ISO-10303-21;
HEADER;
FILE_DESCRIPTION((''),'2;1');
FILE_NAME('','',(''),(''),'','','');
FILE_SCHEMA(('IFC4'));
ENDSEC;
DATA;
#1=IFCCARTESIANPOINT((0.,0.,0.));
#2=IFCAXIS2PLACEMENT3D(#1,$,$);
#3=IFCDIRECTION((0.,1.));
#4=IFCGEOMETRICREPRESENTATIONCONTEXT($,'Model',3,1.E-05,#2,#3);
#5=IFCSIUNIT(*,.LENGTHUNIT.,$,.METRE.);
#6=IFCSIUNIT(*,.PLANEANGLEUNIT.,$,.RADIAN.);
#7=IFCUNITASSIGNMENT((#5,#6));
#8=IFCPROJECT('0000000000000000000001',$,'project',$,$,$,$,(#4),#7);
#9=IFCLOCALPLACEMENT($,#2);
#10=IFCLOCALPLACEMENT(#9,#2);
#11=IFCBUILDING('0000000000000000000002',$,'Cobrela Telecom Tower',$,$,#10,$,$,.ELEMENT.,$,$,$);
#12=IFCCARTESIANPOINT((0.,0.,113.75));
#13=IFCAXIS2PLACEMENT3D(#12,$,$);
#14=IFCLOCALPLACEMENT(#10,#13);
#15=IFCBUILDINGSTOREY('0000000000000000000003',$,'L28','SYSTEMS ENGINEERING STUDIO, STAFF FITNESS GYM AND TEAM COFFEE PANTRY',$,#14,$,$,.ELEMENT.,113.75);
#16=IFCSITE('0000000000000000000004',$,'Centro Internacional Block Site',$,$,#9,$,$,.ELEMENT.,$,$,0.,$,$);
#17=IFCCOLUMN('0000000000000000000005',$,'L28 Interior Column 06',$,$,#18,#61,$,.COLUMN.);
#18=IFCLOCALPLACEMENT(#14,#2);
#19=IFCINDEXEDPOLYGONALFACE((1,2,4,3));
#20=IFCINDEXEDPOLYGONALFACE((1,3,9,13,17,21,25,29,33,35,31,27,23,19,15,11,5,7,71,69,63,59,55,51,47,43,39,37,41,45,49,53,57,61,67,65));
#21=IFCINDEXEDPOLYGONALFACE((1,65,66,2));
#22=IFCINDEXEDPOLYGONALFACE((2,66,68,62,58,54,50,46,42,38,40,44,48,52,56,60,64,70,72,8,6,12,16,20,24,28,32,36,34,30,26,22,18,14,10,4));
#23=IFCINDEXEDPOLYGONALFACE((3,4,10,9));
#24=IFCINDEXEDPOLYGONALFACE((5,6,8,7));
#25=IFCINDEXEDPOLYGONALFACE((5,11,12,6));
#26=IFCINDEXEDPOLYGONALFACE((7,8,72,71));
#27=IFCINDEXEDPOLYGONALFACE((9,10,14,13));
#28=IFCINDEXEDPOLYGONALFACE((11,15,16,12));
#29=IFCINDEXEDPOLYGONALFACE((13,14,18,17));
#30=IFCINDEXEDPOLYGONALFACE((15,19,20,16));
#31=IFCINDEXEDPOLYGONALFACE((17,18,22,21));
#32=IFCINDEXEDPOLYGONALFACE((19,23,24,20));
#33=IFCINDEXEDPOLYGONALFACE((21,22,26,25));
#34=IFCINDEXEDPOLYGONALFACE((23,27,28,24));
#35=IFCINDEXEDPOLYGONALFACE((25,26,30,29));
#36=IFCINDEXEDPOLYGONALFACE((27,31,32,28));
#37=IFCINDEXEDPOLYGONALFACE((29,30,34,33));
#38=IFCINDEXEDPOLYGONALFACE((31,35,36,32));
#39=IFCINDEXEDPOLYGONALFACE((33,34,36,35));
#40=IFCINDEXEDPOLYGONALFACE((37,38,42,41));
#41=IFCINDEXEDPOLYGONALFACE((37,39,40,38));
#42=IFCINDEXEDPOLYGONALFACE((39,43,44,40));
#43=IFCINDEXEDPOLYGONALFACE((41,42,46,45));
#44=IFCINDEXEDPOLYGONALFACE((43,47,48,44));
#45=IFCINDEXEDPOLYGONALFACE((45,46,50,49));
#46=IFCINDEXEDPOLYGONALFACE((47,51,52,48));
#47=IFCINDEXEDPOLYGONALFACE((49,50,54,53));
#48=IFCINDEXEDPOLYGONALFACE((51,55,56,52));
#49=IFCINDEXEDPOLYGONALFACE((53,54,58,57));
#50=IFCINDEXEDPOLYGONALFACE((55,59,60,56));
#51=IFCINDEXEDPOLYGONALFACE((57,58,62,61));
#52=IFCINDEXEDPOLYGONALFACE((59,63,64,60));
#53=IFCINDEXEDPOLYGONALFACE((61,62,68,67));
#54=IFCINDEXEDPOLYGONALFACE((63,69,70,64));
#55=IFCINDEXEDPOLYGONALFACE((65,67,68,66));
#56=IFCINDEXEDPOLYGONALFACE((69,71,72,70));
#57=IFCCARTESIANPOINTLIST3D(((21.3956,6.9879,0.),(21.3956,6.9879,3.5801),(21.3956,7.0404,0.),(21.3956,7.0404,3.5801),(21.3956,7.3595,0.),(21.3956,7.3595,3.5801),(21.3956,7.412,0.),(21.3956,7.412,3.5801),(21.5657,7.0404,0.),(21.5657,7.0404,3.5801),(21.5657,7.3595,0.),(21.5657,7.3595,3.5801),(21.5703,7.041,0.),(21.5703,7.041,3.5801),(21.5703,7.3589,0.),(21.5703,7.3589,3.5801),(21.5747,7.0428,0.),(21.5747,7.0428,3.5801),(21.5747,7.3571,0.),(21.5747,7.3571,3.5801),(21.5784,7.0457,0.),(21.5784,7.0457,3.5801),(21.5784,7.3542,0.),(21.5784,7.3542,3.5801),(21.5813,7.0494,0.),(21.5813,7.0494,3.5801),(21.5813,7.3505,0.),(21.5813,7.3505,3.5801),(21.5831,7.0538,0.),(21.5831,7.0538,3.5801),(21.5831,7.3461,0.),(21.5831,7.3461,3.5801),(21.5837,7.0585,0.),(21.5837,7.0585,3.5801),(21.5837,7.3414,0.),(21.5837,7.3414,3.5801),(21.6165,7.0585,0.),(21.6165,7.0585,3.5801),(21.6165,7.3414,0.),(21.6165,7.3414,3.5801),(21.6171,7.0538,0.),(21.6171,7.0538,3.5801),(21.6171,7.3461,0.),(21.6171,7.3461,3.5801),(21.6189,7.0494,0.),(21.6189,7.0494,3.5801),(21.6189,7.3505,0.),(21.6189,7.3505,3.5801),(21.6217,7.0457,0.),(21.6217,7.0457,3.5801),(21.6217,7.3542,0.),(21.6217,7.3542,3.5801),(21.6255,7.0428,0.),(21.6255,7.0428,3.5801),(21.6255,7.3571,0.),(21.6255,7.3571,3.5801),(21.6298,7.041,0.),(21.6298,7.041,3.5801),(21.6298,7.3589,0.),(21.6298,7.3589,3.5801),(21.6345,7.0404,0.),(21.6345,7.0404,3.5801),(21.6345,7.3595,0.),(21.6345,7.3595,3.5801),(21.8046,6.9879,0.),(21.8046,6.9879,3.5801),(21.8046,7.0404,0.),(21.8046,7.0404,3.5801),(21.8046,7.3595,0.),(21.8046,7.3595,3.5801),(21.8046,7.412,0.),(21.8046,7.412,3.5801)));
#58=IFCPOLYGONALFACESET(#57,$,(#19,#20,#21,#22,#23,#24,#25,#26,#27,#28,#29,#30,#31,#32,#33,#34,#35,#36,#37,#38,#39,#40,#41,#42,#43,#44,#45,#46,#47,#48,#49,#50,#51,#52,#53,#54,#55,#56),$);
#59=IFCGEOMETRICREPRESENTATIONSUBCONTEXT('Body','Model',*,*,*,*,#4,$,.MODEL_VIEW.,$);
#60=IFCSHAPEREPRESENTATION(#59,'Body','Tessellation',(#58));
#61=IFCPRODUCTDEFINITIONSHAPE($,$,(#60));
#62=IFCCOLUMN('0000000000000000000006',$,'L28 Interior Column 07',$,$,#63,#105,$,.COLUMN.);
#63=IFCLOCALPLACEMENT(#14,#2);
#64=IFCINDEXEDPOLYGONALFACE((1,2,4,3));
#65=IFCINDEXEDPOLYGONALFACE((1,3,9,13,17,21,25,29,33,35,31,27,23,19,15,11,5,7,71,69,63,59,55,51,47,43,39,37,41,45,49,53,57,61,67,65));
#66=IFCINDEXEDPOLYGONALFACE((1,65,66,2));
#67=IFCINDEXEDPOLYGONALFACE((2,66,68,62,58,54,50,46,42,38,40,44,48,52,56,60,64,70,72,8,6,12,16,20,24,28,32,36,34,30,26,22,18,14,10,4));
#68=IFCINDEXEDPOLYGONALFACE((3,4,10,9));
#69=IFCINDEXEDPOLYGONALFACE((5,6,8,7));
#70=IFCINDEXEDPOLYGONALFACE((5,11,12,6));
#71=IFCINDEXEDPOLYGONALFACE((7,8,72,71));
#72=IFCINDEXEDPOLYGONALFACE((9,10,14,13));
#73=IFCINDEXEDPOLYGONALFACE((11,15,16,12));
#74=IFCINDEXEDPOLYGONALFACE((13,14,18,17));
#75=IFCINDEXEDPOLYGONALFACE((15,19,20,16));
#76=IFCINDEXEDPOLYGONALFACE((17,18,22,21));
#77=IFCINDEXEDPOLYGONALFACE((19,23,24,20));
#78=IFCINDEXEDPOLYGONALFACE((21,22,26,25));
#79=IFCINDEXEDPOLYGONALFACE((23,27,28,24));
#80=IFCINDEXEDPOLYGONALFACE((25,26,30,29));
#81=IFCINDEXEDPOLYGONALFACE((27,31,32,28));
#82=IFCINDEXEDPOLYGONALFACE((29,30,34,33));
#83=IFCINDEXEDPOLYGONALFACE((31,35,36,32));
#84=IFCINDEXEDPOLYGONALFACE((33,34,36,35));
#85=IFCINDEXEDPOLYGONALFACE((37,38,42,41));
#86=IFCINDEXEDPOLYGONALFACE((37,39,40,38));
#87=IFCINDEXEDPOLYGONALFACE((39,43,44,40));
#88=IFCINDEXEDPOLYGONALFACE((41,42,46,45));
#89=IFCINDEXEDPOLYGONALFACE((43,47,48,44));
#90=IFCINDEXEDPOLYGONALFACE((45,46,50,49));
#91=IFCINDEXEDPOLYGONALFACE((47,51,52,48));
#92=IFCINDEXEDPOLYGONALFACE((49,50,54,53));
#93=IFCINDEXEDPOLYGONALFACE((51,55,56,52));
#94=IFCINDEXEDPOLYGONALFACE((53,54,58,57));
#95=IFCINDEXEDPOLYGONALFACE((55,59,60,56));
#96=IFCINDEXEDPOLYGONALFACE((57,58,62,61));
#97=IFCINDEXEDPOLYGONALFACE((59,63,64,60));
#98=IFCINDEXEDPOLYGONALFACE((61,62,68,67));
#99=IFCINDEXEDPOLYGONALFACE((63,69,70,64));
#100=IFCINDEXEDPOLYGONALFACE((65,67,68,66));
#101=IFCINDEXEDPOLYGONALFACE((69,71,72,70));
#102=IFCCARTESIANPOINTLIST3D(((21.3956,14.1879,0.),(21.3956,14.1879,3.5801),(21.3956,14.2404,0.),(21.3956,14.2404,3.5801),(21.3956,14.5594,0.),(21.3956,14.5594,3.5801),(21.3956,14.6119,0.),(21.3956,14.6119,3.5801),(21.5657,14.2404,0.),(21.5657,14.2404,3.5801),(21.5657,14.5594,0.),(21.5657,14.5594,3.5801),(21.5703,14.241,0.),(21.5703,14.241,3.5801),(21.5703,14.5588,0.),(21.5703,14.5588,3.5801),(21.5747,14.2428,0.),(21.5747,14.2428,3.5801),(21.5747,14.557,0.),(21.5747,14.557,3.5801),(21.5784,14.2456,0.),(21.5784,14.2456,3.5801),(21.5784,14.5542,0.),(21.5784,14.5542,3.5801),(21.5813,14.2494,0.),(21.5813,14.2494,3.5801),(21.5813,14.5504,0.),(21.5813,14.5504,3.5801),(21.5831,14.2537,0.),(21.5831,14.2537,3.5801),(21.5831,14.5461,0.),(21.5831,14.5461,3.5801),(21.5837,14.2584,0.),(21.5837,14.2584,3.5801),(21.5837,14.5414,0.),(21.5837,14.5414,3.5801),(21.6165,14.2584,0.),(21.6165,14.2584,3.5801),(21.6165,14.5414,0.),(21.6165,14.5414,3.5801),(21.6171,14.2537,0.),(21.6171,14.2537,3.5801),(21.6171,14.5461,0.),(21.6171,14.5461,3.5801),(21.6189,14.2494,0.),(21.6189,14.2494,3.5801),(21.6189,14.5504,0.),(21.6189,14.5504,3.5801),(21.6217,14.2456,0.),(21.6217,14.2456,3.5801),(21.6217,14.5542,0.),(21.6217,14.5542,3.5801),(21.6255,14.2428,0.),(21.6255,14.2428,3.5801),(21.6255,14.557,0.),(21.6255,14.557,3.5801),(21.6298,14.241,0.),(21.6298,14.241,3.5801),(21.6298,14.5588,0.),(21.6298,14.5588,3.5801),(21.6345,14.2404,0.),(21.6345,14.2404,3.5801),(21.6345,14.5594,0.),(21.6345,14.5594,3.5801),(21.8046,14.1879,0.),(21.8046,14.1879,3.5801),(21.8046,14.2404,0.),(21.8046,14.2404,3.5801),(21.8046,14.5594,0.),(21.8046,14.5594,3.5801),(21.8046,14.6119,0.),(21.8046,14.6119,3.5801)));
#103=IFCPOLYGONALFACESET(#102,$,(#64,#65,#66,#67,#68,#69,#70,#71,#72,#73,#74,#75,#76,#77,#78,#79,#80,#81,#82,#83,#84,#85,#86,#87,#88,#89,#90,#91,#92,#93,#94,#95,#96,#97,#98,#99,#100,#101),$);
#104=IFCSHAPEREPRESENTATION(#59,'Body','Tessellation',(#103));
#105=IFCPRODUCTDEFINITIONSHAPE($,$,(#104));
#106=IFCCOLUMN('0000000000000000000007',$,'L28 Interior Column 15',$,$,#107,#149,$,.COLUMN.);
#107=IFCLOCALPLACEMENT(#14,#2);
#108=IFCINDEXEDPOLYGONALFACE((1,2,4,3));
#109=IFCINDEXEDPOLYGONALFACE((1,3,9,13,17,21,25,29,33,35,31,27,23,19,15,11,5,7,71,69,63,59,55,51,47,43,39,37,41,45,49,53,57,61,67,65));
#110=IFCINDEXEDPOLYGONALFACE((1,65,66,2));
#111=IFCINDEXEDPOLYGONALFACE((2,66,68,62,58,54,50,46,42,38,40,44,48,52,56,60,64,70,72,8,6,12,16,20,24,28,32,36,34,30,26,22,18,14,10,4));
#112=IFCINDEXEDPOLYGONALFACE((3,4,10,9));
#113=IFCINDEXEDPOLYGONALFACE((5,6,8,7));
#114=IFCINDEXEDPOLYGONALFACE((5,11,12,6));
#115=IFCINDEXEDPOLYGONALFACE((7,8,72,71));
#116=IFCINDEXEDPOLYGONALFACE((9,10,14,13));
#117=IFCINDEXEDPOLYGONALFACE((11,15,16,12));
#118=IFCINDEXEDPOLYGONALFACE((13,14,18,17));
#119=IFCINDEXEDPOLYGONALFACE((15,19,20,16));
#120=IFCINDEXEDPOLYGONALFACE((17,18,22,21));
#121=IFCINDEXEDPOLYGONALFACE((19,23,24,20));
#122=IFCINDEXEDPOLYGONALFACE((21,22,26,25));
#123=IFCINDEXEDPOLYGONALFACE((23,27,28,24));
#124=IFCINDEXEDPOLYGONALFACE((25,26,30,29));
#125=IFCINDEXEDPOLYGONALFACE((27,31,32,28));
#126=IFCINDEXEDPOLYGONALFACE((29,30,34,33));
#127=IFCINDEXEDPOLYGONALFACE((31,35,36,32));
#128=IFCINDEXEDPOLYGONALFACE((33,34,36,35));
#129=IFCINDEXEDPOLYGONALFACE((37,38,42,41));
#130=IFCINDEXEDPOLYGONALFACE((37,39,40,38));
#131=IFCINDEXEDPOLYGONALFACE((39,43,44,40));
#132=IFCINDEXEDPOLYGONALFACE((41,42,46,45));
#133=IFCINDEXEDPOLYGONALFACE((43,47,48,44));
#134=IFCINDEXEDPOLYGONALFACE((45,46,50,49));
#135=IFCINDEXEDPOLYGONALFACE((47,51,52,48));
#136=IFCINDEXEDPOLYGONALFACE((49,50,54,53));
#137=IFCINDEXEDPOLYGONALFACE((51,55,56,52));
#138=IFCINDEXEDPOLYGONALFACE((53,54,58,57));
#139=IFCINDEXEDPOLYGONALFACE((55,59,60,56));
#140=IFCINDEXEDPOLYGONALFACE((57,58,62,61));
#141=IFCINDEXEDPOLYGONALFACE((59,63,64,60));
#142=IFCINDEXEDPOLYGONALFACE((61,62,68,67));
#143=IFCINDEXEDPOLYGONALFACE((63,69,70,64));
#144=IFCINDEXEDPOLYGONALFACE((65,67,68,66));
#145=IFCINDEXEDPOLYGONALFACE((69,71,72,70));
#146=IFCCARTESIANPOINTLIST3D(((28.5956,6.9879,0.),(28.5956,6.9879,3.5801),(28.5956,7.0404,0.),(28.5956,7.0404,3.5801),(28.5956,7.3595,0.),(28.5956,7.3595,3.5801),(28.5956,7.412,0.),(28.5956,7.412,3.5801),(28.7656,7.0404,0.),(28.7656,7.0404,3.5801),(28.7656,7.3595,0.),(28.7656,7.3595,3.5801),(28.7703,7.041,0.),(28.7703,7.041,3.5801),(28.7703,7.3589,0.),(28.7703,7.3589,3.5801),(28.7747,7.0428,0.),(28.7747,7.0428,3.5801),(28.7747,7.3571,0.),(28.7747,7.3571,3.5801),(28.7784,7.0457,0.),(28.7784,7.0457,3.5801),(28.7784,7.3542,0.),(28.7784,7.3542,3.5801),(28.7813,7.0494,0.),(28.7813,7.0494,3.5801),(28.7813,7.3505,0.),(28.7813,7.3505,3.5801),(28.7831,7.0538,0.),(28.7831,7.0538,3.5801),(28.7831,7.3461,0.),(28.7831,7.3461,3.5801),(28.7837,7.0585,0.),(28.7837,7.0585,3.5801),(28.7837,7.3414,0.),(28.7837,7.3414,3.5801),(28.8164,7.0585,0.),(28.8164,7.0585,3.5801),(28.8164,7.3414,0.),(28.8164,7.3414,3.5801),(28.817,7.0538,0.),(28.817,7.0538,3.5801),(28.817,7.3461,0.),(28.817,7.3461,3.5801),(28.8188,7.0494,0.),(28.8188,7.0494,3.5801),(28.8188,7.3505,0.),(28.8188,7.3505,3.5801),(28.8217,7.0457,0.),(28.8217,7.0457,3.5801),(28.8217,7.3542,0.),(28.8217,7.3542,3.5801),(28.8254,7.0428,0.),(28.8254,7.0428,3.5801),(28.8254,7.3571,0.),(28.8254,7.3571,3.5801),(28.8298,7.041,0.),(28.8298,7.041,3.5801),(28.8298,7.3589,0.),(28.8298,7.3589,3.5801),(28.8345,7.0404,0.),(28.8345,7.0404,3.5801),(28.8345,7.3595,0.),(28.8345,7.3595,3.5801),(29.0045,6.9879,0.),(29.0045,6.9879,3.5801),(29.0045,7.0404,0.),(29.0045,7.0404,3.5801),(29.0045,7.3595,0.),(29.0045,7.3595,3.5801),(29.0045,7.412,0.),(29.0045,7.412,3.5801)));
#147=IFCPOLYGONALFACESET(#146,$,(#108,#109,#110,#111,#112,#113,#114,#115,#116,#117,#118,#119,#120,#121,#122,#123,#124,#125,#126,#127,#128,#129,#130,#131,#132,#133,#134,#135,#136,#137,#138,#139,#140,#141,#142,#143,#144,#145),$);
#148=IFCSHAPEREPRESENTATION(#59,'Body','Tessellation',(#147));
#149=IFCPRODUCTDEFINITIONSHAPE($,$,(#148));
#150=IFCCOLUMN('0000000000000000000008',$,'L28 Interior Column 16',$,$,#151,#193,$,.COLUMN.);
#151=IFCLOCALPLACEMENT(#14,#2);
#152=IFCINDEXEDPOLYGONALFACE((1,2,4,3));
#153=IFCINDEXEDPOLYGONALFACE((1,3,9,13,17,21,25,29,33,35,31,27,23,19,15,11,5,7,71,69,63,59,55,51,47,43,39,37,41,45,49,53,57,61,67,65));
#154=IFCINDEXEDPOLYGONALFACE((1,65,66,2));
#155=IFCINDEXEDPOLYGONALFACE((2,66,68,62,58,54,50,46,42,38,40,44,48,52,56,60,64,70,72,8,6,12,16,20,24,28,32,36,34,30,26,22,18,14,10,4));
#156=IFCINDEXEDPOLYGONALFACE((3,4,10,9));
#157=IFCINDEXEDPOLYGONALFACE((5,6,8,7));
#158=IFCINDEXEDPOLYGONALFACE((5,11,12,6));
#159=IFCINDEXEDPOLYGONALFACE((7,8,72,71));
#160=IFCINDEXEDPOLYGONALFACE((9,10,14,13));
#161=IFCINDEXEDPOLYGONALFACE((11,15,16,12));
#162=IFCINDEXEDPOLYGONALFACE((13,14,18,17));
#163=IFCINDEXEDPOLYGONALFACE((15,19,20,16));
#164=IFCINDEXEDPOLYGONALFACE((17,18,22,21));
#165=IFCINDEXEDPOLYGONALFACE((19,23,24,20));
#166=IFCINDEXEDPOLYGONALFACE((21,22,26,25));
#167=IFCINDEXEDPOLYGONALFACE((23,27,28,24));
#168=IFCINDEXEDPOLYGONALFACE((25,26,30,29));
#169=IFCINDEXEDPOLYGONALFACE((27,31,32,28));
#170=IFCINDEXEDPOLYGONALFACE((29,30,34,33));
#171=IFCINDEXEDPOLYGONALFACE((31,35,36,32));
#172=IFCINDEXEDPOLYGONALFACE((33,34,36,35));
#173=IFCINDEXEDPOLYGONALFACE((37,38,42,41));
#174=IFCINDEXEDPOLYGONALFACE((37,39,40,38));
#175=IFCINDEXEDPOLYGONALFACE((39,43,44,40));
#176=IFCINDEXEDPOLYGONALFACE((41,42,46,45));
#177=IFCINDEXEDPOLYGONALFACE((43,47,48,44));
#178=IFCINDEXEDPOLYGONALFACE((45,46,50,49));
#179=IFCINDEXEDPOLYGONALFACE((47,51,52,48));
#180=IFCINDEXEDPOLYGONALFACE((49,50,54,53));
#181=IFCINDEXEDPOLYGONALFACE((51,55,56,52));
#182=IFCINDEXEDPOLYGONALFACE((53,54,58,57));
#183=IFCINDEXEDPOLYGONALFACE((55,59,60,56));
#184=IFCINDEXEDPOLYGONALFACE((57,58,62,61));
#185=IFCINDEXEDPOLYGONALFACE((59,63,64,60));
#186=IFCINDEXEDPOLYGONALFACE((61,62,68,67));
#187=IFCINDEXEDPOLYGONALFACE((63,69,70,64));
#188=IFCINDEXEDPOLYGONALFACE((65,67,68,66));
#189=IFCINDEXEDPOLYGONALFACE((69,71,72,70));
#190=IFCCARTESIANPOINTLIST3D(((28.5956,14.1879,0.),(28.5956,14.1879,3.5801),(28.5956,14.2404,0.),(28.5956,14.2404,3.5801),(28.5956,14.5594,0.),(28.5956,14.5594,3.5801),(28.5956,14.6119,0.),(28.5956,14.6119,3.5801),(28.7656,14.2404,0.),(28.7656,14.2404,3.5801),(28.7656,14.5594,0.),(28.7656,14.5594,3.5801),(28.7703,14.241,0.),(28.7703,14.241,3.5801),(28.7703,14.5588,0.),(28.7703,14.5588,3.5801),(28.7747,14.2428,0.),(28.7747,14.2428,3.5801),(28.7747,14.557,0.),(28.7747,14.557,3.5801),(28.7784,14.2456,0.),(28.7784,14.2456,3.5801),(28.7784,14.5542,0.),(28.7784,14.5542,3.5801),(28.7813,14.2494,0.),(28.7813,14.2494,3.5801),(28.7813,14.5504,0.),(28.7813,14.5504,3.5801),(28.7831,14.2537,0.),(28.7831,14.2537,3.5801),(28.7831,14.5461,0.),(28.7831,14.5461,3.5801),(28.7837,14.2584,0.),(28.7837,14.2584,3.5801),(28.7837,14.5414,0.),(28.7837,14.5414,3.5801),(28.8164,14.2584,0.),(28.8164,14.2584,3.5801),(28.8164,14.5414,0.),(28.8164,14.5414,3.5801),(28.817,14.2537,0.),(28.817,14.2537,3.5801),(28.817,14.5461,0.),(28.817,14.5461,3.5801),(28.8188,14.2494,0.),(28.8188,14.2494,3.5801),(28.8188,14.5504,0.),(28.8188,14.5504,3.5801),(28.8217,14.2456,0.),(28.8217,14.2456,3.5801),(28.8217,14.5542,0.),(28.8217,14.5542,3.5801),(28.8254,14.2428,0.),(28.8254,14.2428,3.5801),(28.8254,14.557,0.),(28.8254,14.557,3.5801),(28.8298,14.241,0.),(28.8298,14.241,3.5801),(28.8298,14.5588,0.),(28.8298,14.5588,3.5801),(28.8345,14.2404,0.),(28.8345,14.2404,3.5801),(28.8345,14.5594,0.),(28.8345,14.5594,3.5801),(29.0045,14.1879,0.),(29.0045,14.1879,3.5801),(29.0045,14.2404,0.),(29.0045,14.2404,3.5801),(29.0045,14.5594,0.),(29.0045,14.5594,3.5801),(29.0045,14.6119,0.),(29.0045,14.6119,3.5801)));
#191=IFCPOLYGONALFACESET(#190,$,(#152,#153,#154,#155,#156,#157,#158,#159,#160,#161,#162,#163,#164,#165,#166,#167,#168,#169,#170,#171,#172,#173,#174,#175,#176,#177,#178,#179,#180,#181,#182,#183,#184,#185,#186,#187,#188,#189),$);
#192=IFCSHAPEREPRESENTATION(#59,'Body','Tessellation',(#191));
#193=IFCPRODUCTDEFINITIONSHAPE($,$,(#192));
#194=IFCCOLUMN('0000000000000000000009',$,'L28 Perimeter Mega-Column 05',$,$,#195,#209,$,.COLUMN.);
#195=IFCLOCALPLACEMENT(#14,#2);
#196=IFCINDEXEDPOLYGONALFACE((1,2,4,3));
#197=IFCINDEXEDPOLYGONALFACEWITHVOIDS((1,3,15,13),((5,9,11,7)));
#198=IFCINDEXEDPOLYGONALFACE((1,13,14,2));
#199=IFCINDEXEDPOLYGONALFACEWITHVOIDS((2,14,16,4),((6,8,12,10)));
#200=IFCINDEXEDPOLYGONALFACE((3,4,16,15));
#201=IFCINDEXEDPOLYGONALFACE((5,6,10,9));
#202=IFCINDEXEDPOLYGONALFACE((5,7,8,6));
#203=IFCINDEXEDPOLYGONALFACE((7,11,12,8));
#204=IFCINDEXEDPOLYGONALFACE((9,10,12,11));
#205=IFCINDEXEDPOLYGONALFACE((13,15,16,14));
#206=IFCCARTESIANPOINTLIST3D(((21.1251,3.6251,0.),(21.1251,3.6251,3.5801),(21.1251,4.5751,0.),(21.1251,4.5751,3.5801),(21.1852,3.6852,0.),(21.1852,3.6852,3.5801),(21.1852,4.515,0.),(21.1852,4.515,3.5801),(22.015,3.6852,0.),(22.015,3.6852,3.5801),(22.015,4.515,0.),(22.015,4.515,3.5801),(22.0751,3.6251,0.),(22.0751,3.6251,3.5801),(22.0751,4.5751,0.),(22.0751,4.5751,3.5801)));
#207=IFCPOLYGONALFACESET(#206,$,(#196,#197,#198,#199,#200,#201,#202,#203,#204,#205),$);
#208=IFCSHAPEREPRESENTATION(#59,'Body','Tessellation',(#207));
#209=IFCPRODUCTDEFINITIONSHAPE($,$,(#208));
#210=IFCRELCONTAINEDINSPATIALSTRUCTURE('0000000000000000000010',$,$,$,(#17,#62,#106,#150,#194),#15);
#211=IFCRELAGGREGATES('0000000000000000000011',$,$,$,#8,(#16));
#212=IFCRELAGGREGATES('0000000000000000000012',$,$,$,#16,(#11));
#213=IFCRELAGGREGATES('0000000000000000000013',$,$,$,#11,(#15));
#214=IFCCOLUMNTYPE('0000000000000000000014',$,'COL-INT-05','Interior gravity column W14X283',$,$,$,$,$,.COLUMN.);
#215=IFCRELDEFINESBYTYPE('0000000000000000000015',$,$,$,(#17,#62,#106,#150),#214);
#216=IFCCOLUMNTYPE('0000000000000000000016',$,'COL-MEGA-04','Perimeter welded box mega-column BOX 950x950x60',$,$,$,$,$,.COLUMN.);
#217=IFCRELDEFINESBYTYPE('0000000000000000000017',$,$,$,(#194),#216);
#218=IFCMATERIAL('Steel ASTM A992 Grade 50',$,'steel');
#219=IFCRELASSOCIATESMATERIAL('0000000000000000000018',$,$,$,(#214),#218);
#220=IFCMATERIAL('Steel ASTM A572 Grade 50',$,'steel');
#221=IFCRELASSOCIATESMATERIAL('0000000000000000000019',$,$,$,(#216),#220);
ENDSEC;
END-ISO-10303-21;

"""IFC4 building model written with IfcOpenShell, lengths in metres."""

from ifc_helpers import new_model, si_unit, direction, frame, origin, origin_2d, place, context, subcontext, project, spatial, hollow_rectangle, i_section, extrude, material, material_profile, profile_set, type_object, element, save


model = new_model("IFC4")

# Units and contexts
model_context = context("Model", 3, precision=1e-05, world=origin(), true_north=direction((0.0, 1.0)))
body_context = subcontext(model_context, "Body", "Model", "MODEL_VIEW")
ifc_project = project(units=[si_unit("LENGTHUNIT", "METRE"), si_unit("PLANEANGLEUNIT", "RADIAN")], contexts=[model_context])

# Site, building, storey
site_placement = place(None, origin())
site = spatial("IfcSite", under=ifc_project, at=site_placement, Name="Centro Internacional Block Site", CompositionType="ELEMENT", RefElevation=0.0)
building_placement = place(site_placement, origin())
building = spatial("IfcBuilding", under=site, at=building_placement, Name="Cobrela Telecom Tower", CompositionType="ELEMENT")
storey_placement = place(building_placement, frame((0.0, 0.0, 113.75)))
storey = spatial("IfcBuildingStorey", under=building, at=storey_placement, Name="L28", Description="SYSTEMS ENGINEERING STUDIO, STAFF FITNESS GYM AND TEAM COFFEE PANTRY", CompositionType="ELEMENT", Elevation=113.75)

# Columns
ifc_material_1 = material(Name="Steel ASTM A992 Grade 50", Category="steel")
ifc_material_profile_1 = material_profile(ifc_material_1, i_section(OverallWidth=0.4089, OverallDepth=0.4241, WebThickness=0.0327, FlangeThickness=0.0525, FilletRadius=0.0181, at=origin_2d()), Name="W14X283")
ifc_profile_set_1 = profile_set([ifc_material_profile_1], Name="Steel ASTM A992 Grade 50")
column_type_1 = type_object("IfcColumnType", Name="COL-INT-05", Description="Interior gravity column W14X283", PredefinedType="COLUMN", material=ifc_profile_set_1)
for number, where, z_axis, x_axis, name in (
    (1, (21.6001, 7.2, 0.0), (0.0, 0.0, 1.0), (1.0, 0.0, 0.0), "L28 Interior Column 06"),
    (2, (21.6001, 14.3999, 0.0), (0.0, 0.0, 1.0), (1.0, 0.0, 0.0), "L28 Interior Column 07"),
    (3, (28.8, 7.2, 0.0), (0.0, 0.0, 1.0), (1.0, 0.0, 0.0), "L28 Interior Column 15"),
    (4, (28.8, 14.3999, 0.0), (0.0, 0.0, 1.0), (1.0, 0.0, 0.0), "L28 Interior Column 16"),
):
    element("IfcColumn", number, at=place(storey_placement, frame(where, z_axis=z_axis, x_axis=x_axis)), inside=storey, type_object=column_type_1, Name=name, PredefinedType="COLUMN", context=body_context, shape_type="SweptSolid", body=[
        extrude(i_section(OverallWidth=0.4089, OverallDepth=0.4241, WebThickness=0.0327, FlangeThickness=0.0525, FilletRadius=0.0181, at=origin_2d()), origin(), (0.0, 0.0, 1.0), 3.5801),
    ])
ifc_material_2 = material(Name="Steel ASTM A572 Grade 50", Category="steel")
ifc_material_profile_2 = material_profile(ifc_material_2, hollow_rectangle(XDim=0.95, YDim=0.95, WallThickness=0.0601, at=origin_2d()), Name="BOX 950x950x60")
ifc_profile_set_2 = profile_set([ifc_material_profile_2], Name="Steel ASTM A572 Grade 50")
column_type_2 = type_object("IfcColumnType", Name="COL-MEGA-04", Description="Perimeter welded box mega-column BOX 950x950x60", PredefinedType="COLUMN", material=ifc_profile_set_2)
for number, where, z_axis, x_axis, name in (
    (5, (21.6001, 4.1001, 0.0), (0.0, 0.0, 1.0), (1.0, 0.0, 0.0), "L28 Perimeter Mega-Column 05"),
):
    element("IfcColumn", number, at=place(storey_placement, frame(where, z_axis=z_axis, x_axis=x_axis)), inside=storey, type_object=column_type_2, Name=name, PredefinedType="COLUMN", context=body_context, shape_type="SweptSolid", body=[
        extrude(hollow_rectangle(XDim=0.95, YDim=0.95, WallThickness=0.0601, at=origin_2d()), origin(), (0.0, 0.0, 1.0), 3.5801),
    ])

save(model, "model.ifc")
